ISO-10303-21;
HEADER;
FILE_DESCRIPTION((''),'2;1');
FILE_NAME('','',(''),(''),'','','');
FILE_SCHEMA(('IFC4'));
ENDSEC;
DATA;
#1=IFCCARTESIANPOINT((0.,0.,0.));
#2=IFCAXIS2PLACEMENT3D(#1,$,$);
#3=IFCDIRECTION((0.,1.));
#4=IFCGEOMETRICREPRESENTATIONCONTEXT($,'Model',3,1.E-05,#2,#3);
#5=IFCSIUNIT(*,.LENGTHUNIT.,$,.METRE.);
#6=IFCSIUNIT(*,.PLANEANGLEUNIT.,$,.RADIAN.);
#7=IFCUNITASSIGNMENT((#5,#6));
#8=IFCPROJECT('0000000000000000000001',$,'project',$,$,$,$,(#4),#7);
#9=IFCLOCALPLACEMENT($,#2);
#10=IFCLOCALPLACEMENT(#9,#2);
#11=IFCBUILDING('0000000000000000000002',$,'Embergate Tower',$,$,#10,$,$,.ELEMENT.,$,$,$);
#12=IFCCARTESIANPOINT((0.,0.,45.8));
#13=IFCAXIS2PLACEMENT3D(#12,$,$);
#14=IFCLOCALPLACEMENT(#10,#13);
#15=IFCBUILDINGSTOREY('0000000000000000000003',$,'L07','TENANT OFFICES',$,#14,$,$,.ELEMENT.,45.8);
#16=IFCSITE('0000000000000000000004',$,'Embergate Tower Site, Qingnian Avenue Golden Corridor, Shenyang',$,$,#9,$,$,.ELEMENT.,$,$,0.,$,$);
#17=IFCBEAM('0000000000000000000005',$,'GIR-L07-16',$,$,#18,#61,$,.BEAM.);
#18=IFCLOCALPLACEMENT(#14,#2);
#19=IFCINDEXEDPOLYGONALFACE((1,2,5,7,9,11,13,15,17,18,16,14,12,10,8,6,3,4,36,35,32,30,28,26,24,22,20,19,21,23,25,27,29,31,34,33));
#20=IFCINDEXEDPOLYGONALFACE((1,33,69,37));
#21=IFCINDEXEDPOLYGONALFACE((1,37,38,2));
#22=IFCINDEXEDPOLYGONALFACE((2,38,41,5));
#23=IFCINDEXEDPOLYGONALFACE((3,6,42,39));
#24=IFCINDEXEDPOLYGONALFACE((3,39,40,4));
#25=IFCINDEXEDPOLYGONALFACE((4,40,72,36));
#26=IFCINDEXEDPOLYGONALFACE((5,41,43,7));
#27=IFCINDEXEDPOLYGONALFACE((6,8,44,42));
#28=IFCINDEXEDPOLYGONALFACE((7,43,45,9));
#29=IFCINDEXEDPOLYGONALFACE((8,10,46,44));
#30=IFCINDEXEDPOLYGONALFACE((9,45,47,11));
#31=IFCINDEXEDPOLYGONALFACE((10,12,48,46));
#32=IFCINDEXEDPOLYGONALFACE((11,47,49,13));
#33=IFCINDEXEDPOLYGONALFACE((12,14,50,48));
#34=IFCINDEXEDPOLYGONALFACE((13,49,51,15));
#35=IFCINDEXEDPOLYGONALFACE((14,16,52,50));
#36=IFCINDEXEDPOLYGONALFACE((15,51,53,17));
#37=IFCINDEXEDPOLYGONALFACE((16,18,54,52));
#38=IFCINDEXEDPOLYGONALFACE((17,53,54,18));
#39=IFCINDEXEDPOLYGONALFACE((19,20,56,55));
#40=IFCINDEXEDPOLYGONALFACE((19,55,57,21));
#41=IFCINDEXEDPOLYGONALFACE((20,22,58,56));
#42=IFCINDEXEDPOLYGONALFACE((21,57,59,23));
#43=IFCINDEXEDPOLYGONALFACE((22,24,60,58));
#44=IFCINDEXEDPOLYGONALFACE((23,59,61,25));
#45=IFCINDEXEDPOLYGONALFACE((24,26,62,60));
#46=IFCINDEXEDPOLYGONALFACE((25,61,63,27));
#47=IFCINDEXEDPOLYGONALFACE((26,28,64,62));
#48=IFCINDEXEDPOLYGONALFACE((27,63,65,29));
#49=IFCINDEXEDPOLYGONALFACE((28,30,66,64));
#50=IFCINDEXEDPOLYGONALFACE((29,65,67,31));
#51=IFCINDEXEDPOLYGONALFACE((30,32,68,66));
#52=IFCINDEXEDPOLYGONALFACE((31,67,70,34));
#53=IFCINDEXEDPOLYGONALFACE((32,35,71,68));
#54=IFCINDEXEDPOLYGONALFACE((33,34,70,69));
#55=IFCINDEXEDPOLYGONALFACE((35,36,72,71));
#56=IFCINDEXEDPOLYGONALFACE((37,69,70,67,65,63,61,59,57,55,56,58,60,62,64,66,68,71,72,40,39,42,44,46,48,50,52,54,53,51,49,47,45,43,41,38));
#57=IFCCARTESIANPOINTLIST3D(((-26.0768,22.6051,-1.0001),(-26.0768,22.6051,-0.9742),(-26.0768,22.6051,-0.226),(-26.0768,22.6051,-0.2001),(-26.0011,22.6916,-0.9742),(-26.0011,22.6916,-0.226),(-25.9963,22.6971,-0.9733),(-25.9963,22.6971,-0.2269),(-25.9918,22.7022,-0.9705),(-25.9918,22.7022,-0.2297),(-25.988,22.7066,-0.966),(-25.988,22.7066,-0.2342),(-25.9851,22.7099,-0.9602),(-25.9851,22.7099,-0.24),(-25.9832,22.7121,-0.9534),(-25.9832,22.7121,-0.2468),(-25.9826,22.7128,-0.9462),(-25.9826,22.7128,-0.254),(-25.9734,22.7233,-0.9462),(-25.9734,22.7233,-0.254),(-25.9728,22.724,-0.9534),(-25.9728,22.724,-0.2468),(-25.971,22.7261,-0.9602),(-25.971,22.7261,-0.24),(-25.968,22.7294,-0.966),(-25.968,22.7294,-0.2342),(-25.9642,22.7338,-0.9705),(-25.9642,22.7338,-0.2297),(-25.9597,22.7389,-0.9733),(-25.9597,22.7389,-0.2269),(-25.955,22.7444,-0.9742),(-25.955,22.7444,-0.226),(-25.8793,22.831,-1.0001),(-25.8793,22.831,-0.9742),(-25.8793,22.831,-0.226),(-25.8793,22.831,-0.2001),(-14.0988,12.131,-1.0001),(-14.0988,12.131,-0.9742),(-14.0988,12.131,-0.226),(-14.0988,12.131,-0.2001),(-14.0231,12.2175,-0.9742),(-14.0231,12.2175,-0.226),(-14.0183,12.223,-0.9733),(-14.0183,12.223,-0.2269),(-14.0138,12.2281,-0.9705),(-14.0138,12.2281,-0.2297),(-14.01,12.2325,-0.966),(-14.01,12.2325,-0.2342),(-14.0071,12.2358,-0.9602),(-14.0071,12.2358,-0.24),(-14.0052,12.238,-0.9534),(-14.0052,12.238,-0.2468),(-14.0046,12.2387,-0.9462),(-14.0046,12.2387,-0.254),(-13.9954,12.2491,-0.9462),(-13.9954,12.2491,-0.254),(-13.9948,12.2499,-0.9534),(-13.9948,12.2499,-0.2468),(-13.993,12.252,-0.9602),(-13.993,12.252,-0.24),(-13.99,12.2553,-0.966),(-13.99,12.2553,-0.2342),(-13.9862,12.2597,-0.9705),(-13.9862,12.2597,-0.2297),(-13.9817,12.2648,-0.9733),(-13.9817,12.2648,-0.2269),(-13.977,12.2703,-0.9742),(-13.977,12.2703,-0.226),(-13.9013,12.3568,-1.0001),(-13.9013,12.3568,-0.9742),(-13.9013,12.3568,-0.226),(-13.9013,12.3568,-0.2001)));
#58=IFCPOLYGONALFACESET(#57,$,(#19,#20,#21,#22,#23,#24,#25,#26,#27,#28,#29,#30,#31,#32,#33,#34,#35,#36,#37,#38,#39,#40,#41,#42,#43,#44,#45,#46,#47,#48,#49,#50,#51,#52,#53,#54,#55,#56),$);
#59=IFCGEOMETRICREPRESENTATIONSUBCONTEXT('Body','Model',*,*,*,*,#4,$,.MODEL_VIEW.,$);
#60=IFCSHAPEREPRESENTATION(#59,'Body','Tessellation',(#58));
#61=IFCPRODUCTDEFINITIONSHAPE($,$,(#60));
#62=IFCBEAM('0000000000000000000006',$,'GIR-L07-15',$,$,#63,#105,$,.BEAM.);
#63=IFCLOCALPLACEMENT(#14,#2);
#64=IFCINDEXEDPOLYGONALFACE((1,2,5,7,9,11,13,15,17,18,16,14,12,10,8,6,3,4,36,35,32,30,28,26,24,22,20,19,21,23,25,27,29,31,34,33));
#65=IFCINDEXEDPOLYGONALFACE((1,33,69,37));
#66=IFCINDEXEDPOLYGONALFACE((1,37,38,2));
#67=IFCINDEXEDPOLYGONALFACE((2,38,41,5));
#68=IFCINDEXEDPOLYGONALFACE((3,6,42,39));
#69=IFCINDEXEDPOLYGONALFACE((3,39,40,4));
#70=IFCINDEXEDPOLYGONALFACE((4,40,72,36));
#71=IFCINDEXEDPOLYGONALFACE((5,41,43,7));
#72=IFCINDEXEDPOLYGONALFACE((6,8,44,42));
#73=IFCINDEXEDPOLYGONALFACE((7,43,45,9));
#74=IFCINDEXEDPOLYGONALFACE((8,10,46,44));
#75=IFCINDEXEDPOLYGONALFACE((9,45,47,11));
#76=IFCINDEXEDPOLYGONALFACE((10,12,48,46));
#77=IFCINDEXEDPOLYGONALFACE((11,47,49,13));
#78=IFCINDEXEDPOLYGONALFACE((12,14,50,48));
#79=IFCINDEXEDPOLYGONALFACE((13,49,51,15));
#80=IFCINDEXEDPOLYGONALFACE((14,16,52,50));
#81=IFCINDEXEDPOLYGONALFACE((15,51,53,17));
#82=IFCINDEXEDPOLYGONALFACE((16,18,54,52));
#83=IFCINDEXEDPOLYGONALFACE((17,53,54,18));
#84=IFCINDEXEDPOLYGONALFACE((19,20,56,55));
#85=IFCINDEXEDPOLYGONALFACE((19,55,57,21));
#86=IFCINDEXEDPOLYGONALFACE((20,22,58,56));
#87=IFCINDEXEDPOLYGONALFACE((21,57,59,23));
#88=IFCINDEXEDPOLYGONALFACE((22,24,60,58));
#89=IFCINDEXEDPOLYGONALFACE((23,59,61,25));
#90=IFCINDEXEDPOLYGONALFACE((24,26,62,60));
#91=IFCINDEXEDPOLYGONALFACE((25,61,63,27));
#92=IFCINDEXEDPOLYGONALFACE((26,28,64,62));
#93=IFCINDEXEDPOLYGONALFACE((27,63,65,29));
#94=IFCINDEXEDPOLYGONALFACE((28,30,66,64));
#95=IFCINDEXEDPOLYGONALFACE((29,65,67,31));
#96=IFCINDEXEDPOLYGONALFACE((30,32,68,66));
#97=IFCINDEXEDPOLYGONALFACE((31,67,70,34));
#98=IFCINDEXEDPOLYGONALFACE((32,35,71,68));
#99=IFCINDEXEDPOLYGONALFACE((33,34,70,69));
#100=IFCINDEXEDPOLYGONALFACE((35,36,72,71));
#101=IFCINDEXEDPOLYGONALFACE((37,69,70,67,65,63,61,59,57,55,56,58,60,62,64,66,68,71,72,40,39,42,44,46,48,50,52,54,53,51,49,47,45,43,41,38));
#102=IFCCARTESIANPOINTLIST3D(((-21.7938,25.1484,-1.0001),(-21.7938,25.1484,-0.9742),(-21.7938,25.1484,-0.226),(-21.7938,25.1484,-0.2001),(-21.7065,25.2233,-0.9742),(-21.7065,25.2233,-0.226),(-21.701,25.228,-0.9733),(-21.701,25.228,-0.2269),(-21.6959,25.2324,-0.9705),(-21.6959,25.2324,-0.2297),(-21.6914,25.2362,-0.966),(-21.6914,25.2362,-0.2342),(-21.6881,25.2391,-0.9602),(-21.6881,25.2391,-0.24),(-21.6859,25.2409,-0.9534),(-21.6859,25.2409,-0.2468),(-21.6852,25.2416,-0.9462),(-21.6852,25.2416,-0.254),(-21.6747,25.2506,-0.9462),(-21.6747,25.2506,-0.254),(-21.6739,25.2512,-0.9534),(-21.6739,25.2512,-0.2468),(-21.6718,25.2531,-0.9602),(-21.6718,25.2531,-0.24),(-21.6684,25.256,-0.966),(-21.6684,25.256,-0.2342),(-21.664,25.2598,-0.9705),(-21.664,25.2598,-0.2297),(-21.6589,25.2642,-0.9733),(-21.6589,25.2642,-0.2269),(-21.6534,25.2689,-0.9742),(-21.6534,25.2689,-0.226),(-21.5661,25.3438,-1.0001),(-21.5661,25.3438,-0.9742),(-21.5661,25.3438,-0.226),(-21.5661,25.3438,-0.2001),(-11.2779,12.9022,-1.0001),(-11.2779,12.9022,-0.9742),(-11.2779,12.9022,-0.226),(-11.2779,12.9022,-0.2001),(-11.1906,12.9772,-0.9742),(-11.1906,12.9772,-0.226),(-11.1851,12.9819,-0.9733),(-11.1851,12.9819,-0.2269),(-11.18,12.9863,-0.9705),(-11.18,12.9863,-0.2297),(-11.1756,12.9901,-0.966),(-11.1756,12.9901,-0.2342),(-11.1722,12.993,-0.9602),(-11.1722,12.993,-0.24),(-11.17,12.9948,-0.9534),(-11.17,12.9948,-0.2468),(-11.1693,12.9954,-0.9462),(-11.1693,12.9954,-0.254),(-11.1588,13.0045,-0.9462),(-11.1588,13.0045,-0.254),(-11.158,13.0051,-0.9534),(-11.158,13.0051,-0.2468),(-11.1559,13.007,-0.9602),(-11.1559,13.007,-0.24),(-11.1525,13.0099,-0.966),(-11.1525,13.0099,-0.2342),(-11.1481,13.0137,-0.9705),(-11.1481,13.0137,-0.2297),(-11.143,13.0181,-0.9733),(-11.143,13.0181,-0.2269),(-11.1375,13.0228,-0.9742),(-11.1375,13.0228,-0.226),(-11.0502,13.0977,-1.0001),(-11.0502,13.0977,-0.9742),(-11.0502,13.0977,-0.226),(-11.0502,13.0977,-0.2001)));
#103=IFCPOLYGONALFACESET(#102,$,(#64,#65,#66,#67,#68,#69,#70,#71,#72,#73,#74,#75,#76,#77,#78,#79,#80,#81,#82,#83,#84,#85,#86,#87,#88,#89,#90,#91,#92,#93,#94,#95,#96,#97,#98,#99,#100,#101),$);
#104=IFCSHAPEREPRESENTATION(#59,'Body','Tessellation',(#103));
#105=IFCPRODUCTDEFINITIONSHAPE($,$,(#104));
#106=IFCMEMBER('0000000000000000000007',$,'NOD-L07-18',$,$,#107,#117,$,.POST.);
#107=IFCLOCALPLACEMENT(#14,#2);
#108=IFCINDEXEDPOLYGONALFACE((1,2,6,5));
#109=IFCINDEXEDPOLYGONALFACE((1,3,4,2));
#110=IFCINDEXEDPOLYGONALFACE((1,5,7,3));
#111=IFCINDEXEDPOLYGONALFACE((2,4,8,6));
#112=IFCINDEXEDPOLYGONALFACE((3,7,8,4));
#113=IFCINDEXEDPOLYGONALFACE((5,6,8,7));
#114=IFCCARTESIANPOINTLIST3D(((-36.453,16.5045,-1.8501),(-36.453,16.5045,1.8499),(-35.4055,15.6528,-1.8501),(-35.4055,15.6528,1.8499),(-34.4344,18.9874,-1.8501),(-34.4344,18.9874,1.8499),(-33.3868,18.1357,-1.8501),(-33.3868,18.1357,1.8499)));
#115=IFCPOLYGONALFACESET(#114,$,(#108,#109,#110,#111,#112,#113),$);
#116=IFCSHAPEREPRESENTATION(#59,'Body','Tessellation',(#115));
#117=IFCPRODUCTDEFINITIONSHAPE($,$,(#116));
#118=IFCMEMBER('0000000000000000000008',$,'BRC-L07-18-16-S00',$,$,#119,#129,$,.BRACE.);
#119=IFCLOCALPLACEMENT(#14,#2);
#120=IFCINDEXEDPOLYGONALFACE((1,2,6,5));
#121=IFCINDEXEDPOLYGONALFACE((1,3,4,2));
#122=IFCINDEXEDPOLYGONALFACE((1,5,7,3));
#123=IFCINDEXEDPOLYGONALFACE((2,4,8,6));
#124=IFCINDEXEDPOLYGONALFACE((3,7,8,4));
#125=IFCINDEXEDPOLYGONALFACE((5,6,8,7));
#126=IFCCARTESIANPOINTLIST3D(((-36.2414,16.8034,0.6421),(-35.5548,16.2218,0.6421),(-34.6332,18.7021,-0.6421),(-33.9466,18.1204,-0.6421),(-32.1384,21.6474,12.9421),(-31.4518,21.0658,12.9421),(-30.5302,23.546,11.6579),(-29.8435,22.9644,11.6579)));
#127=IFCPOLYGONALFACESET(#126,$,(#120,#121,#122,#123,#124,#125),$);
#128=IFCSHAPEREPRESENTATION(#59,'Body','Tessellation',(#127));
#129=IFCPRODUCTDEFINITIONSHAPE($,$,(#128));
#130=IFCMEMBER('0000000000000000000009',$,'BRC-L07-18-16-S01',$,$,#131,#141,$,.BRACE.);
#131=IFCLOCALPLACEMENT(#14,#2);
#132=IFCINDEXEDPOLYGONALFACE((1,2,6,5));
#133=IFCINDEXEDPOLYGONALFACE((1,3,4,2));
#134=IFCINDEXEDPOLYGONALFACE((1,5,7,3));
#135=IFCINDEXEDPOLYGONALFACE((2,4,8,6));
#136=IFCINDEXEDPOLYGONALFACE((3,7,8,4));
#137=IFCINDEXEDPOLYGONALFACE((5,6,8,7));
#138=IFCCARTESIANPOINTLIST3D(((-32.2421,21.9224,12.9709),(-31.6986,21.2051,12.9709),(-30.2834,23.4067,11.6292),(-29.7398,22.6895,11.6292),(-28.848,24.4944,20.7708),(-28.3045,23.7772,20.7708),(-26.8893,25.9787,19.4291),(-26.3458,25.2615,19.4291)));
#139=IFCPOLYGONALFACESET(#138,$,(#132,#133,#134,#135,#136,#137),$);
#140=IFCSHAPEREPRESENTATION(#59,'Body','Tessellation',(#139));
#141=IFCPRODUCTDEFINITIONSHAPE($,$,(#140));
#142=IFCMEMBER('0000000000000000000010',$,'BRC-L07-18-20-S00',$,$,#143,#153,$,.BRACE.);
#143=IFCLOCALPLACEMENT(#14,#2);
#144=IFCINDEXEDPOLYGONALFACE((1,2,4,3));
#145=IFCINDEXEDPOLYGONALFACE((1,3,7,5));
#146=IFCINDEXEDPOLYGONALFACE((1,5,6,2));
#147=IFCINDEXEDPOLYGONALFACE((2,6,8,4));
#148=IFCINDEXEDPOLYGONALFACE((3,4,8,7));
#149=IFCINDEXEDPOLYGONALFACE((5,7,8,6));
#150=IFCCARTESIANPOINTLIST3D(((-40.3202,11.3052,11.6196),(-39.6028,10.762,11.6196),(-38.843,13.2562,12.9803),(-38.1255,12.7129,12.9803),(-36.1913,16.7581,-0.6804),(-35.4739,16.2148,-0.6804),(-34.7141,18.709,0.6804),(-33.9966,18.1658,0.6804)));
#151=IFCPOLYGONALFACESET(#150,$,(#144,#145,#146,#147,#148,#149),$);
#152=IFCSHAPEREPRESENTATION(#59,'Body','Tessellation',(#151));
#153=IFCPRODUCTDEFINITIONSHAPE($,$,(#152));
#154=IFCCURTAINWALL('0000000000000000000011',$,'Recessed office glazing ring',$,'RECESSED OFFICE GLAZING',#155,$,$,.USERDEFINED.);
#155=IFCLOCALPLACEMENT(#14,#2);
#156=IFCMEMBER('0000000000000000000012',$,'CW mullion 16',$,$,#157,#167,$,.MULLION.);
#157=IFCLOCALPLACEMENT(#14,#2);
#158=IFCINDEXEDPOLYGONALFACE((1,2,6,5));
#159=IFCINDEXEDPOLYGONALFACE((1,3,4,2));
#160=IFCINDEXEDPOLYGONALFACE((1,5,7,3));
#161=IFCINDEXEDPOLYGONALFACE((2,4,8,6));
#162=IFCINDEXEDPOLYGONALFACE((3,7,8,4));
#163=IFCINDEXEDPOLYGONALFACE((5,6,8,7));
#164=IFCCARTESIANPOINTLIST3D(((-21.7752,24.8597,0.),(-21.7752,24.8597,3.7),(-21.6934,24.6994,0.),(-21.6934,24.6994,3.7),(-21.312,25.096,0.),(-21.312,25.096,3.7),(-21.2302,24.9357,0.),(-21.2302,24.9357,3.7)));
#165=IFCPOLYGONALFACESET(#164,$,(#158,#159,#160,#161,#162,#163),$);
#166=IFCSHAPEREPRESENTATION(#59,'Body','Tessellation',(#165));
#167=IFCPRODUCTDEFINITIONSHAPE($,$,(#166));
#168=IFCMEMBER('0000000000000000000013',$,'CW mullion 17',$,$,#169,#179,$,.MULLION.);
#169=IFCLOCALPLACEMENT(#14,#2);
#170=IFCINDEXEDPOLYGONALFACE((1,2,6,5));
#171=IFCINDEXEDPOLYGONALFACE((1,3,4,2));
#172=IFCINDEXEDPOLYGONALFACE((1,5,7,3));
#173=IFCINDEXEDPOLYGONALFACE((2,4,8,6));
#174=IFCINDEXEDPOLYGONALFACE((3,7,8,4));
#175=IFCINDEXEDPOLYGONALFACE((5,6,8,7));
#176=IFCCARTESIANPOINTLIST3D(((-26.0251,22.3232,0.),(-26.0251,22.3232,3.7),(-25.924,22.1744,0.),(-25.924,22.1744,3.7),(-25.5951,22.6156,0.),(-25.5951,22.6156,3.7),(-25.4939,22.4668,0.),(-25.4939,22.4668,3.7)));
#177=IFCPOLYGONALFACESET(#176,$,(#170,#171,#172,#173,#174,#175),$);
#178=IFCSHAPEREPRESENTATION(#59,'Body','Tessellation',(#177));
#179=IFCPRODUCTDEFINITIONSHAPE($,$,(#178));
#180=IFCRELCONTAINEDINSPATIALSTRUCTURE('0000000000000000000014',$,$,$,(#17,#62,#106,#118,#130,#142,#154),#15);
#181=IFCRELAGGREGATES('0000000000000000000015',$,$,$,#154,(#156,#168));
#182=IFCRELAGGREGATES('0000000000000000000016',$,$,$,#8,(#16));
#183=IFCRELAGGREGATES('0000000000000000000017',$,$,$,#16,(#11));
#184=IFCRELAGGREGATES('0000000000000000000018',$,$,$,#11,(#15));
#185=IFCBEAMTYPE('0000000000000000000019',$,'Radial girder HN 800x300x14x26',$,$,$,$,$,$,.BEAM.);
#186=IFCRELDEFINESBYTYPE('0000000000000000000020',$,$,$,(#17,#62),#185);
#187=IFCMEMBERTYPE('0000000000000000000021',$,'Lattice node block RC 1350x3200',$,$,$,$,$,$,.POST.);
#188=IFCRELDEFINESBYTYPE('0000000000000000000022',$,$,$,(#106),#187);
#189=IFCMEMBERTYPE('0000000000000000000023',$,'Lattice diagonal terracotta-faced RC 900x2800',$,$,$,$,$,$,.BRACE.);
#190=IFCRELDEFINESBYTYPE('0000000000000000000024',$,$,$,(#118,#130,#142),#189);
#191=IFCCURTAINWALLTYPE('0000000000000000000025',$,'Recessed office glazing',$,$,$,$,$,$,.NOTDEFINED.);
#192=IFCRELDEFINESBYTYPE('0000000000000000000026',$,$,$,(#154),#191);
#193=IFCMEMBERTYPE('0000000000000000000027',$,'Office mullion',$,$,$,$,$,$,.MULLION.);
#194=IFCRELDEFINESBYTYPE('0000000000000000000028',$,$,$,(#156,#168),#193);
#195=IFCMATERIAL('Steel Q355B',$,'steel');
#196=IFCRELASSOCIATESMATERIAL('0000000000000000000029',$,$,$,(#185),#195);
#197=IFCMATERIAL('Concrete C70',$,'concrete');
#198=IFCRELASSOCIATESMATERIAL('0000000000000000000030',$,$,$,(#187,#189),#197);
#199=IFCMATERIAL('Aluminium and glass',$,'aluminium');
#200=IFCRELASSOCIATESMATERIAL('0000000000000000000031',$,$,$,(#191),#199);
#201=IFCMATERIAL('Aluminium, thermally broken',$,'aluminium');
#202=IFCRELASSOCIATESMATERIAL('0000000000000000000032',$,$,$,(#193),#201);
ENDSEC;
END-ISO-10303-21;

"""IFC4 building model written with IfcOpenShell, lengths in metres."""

from ifc_helpers import new_model, si_unit, direction, frame, origin, origin_2d, place, context, subcontext, project, spatial, rectangle, i_section, extrude, source, transform, mapped, material, material_profile, profile_set, type_object, element, aggregate, save


model = new_model("IFC4")

# Units and contexts
model_context = context("Model", 3, precision=1e-05, world=origin(), true_north=direction((0.0, 1.0)))
body_context = subcontext(model_context, "Body", "Model", "MODEL_VIEW")
ifc_project = project(units=[si_unit("LENGTHUNIT", "METRE"), si_unit("PLANEANGLEUNIT", "RADIAN")], contexts=[model_context])

# Site, building, storey
site_placement = place(None, origin())
site = spatial("IfcSite", under=ifc_project, at=site_placement, Name="Embergate Tower Site, Qingnian Avenue Golden Corridor, Shenyang", CompositionType="ELEMENT", RefElevation=0.0)
building_placement = place(site_placement, origin())
building = spatial("IfcBuilding", under=site, at=building_placement, Name="Embergate Tower", CompositionType="ELEMENT")
storey_placement = place(building_placement, frame((0.0, 0.0, 45.8)))
storey = spatial("IfcBuildingStorey", under=building, at=storey_placement, Name="L07", Description="TENANT OFFICES", CompositionType="ELEMENT", Elevation=45.8)

# Shared definitions
ifc_material_1 = material(Name="Concrete C70", Category="concrete")

# Beams
ifc_material_2 = material(Name="Steel Q355B", Category="steel")
ifc_material_profile_1 = material_profile(ifc_material_2, i_section(OverallWidth=0.3, OverallDepth=0.8, WebThickness=0.0139, FlangeThickness=0.0259, FilletRadius=0.0281, at=origin_2d()), Name="HN 800x300x14x26")
ifc_profile_set_1 = profile_set([ifc_material_profile_1], Name="Steel Q355 grade B")
beam_type_1 = type_object("IfcBeamType", Name="Radial girder HN 800x300x14x26", PredefinedType="BEAM", material=ifc_profile_set_1)
shared_shape_1 = source(origin(), body_context, "Body", "SweptSolid", [
    extrude(i_section(OverallWidth=0.3, OverallDepth=0.8, WebThickness=0.0139, FlangeThickness=0.0259, FilletRadius=0.0281, at=origin_2d()), origin(), (0.0, 0.0, 1.0), 15.9116),
])
beam_1_placement = place(storey_placement, frame((-25.978, 22.718, -0.6001), z_axis=(0.752784, -0.658268, 0.0), x_axis=(0.658268, 0.752784, 0.0)))
element("IfcBeam", 1, at=beam_1_placement, inside=storey, type_object=beam_type_1, Name="GIR-L07-16", PredefinedType="BEAM", context=body_context, shape_type="MappedRepresentation", body=[
    mapped(shared_shape_1, transform((0.0, 0.0, 0.0))),
])
shared_shape_2 = source(origin(), body_context, "Body", "SweptSolid", [
    extrude(i_section(OverallWidth=0.3, OverallDepth=0.8, WebThickness=0.0139, FlangeThickness=0.0259, FilletRadius=0.0281, at=origin_2d()), origin(), (0.0, 0.0, 1.0), 16.1416),
])
beam_2_placement = place(storey_placement, frame((-21.6799, 25.2461, -0.6001), z_axis=(0.651477, -0.758668, 0.0), x_axis=(0.758668, 0.651477, 0.0)))
element("IfcBeam", 2, at=beam_2_placement, inside=storey, type_object=beam_type_1, Name="GIR-L07-15", PredefinedType="BEAM", context=body_context, shape_type="MappedRepresentation", body=[
    mapped(shared_shape_2, transform((0.0, 0.0, 0.0))),
])

# Members
ifc_material_profile_2 = material_profile(ifc_material_1, rectangle(XDim=1.3501, YDim=3.2, at=origin_2d()), Name="RC 1350x3200")
ifc_profile_set_2 = profile_set([ifc_material_profile_2], Name="Concrete C70")
member_type_1 = type_object("IfcMemberType", Name="Lattice node block RC 1350x3200", PredefinedType="POST", material=ifc_profile_set_2)
shared_shape_3 = source(origin(), body_context, "Body", "SweptSolid", [
    extrude(rectangle(XDim=1.3501, YDim=3.2, at=origin_2d()), origin(), (0.0, 0.0, 1.0), 3.7),
])
member_1_placement = place(storey_placement, frame((-34.9199, 17.3201, -1.8501), z_axis=(0.0, 0.0, 1.0), x_axis=(-0.775914, 0.630838, 0.0)))
element("IfcMember", 3, at=member_1_placement, inside=storey, type_object=member_type_1, Name="NOD-L07-18", PredefinedType="POST", context=body_context, shape_type="MappedRepresentation", body=[
    mapped(shared_shape_3, transform((0.0, 0.0, 0.0))),
])
ifc_material_profile_3 = material_profile(ifc_material_1, rectangle(XDim=0.8999, YDim=2.8, at=origin_2d()), Name="RC 900x2800")
ifc_profile_set_3 = profile_set([ifc_material_profile_3], Name="Concrete C70")
member_type_2 = type_object("IfcMemberType", Name="Lattice diagonal terracotta-faced RC 900x2800", PredefinedType="BRACE", material=ifc_profile_set_3)
shared_shape_4 = source(origin(), body_context, "Body", "SweptSolid", [
    extrude(rectangle(XDim=0.8999, YDim=2.8, at=origin_2d()), origin(), (0.0, 0.0, 1.0), 13.8416),
])
member_2_placement = place(storey_placement, frame((-35.094, 17.4619, 0.0), z_axis=(0.296427, 0.349959, 0.888628), x_axis=(-0.763055, 0.646334, 0.0)))
element("IfcMember", 4, at=member_2_placement, inside=storey, type_object=member_type_2, Name="BRC-L07-18-16-S00", PredefinedType="BRACE", context=body_context, shape_type="MappedRepresentation", body=[
    mapped(shared_shape_4, transform((0.0, 0.0, 0.0))),
])
shared_shape_5 = source(origin(), body_context, "Body", "SweptSolid", [
    extrude(rectangle(XDim=0.8999, YDim=2.8, at=origin_2d()), origin(), (0.0, 0.0, 1.0), 8.8867),
])
member_3_placement = place(storey_placement, frame((-30.991, 22.3059, 12.3), z_axis=(0.381928, 0.289427, 0.877703), x_axis=(-0.603974, 0.797004, 0.0)))
element("IfcMember", 5, at=member_3_placement, inside=storey, type_object=member_type_2, Name="BRC-L07-18-16-S01", PredefinedType="BRACE", context=body_context, shape_type="MappedRepresentation", body=[
    mapped(shared_shape_5, transform((0.0, 0.0, 0.0))),
])
shared_shape_6 = source(origin(), body_context, "Body", "SweptSolid", [
    extrude(rectangle(XDim=0.8999, YDim=2.8, at=origin_2d()), origin(), (0.0, 0.0, 1.0), 14.0737),
])
member_4_placement = place(storey_placement, frame((-35.094, 17.4619, 0.0), z_axis=(-0.293375, -0.387448, 0.873965), x_axis=(0.797237, -0.603666, 0.0)))
element("IfcMember", 6, at=member_4_placement, inside=storey, type_object=member_type_2, Name="BRC-L07-18-20-S00", PredefinedType="BRACE", context=body_context, shape_type="MappedRepresentation", body=[
    mapped(shared_shape_6, transform((0.0, 0.0, 0.0))),
])

# Curtain wall, members
ifc_material_3 = material(Name="Aluminium and glass", Category="aluminium")
curtain_wall_type = type_object("IfcCurtainWallType", Name="Recessed office glazing", PredefinedType="NOTDEFINED", material=ifc_material_3)
curtain_wall_placement = place(storey_placement, origin())
curtain_wall = element("IfcCurtainWall", 7, at=curtain_wall_placement, inside=storey, type_object=curtain_wall_type, Name="Recessed office glazing ring", ObjectType="RECESSED OFFICE GLAZING", PredefinedType="USERDEFINED")
ifc_material_4 = material(Name="Aluminium, thermally broken", Category="aluminium")
ifc_material_profile_4 = material_profile(ifc_material_4, rectangle(XDim=0.1799, YDim=0.52, at=origin_2d()), Name="AL 520x180")
ifc_profile_set_4 = profile_set([ifc_material_profile_4], Name="Aluminium, thermally broken")
member_type_3 = type_object("IfcMemberType", Name="Office mullion", PredefinedType="MULLION", material=ifc_profile_set_4)
shared_shape_7 = source(origin(), body_context, "Body", "SweptSolid", [
    extrude(rectangle(XDim=0.1799, YDim=0.52, at=origin_2d()), origin(), (0.0, 0.0, 1.0), 3.7),
])
member_5_placement = place(storey_placement, frame((-21.5027, 24.8977, 0.0), z_axis=(0.0, 0.0, 1.0), x_axis=(0.454511, -0.890741, 0.0)))
member_5 = element("IfcMember", 8, at=member_5_placement, type_object=member_type_3, Name="CW mullion 16", PredefinedType="MULLION", context=body_context, shape_type="MappedRepresentation", body=[
    mapped(shared_shape_7, transform((0.0, 0.0, 0.0))),
])
member_6_placement = place(storey_placement, frame((-25.7595, 22.395, 0.0), z_axis=(0.0, 0.0, 1.0), x_axis=(0.562218, -0.826989, 0.0)))
member_6 = element("IfcMember", 9, at=member_6_placement, type_object=member_type_3, Name="CW mullion 17", PredefinedType="MULLION", context=body_context, shape_type="MappedRepresentation", body=[
    mapped(shared_shape_7, transform((0.0, 0.0, 0.0))),
])
aggregate(curtain_wall, [member_5, member_6])

save(model, "model.ifc")
